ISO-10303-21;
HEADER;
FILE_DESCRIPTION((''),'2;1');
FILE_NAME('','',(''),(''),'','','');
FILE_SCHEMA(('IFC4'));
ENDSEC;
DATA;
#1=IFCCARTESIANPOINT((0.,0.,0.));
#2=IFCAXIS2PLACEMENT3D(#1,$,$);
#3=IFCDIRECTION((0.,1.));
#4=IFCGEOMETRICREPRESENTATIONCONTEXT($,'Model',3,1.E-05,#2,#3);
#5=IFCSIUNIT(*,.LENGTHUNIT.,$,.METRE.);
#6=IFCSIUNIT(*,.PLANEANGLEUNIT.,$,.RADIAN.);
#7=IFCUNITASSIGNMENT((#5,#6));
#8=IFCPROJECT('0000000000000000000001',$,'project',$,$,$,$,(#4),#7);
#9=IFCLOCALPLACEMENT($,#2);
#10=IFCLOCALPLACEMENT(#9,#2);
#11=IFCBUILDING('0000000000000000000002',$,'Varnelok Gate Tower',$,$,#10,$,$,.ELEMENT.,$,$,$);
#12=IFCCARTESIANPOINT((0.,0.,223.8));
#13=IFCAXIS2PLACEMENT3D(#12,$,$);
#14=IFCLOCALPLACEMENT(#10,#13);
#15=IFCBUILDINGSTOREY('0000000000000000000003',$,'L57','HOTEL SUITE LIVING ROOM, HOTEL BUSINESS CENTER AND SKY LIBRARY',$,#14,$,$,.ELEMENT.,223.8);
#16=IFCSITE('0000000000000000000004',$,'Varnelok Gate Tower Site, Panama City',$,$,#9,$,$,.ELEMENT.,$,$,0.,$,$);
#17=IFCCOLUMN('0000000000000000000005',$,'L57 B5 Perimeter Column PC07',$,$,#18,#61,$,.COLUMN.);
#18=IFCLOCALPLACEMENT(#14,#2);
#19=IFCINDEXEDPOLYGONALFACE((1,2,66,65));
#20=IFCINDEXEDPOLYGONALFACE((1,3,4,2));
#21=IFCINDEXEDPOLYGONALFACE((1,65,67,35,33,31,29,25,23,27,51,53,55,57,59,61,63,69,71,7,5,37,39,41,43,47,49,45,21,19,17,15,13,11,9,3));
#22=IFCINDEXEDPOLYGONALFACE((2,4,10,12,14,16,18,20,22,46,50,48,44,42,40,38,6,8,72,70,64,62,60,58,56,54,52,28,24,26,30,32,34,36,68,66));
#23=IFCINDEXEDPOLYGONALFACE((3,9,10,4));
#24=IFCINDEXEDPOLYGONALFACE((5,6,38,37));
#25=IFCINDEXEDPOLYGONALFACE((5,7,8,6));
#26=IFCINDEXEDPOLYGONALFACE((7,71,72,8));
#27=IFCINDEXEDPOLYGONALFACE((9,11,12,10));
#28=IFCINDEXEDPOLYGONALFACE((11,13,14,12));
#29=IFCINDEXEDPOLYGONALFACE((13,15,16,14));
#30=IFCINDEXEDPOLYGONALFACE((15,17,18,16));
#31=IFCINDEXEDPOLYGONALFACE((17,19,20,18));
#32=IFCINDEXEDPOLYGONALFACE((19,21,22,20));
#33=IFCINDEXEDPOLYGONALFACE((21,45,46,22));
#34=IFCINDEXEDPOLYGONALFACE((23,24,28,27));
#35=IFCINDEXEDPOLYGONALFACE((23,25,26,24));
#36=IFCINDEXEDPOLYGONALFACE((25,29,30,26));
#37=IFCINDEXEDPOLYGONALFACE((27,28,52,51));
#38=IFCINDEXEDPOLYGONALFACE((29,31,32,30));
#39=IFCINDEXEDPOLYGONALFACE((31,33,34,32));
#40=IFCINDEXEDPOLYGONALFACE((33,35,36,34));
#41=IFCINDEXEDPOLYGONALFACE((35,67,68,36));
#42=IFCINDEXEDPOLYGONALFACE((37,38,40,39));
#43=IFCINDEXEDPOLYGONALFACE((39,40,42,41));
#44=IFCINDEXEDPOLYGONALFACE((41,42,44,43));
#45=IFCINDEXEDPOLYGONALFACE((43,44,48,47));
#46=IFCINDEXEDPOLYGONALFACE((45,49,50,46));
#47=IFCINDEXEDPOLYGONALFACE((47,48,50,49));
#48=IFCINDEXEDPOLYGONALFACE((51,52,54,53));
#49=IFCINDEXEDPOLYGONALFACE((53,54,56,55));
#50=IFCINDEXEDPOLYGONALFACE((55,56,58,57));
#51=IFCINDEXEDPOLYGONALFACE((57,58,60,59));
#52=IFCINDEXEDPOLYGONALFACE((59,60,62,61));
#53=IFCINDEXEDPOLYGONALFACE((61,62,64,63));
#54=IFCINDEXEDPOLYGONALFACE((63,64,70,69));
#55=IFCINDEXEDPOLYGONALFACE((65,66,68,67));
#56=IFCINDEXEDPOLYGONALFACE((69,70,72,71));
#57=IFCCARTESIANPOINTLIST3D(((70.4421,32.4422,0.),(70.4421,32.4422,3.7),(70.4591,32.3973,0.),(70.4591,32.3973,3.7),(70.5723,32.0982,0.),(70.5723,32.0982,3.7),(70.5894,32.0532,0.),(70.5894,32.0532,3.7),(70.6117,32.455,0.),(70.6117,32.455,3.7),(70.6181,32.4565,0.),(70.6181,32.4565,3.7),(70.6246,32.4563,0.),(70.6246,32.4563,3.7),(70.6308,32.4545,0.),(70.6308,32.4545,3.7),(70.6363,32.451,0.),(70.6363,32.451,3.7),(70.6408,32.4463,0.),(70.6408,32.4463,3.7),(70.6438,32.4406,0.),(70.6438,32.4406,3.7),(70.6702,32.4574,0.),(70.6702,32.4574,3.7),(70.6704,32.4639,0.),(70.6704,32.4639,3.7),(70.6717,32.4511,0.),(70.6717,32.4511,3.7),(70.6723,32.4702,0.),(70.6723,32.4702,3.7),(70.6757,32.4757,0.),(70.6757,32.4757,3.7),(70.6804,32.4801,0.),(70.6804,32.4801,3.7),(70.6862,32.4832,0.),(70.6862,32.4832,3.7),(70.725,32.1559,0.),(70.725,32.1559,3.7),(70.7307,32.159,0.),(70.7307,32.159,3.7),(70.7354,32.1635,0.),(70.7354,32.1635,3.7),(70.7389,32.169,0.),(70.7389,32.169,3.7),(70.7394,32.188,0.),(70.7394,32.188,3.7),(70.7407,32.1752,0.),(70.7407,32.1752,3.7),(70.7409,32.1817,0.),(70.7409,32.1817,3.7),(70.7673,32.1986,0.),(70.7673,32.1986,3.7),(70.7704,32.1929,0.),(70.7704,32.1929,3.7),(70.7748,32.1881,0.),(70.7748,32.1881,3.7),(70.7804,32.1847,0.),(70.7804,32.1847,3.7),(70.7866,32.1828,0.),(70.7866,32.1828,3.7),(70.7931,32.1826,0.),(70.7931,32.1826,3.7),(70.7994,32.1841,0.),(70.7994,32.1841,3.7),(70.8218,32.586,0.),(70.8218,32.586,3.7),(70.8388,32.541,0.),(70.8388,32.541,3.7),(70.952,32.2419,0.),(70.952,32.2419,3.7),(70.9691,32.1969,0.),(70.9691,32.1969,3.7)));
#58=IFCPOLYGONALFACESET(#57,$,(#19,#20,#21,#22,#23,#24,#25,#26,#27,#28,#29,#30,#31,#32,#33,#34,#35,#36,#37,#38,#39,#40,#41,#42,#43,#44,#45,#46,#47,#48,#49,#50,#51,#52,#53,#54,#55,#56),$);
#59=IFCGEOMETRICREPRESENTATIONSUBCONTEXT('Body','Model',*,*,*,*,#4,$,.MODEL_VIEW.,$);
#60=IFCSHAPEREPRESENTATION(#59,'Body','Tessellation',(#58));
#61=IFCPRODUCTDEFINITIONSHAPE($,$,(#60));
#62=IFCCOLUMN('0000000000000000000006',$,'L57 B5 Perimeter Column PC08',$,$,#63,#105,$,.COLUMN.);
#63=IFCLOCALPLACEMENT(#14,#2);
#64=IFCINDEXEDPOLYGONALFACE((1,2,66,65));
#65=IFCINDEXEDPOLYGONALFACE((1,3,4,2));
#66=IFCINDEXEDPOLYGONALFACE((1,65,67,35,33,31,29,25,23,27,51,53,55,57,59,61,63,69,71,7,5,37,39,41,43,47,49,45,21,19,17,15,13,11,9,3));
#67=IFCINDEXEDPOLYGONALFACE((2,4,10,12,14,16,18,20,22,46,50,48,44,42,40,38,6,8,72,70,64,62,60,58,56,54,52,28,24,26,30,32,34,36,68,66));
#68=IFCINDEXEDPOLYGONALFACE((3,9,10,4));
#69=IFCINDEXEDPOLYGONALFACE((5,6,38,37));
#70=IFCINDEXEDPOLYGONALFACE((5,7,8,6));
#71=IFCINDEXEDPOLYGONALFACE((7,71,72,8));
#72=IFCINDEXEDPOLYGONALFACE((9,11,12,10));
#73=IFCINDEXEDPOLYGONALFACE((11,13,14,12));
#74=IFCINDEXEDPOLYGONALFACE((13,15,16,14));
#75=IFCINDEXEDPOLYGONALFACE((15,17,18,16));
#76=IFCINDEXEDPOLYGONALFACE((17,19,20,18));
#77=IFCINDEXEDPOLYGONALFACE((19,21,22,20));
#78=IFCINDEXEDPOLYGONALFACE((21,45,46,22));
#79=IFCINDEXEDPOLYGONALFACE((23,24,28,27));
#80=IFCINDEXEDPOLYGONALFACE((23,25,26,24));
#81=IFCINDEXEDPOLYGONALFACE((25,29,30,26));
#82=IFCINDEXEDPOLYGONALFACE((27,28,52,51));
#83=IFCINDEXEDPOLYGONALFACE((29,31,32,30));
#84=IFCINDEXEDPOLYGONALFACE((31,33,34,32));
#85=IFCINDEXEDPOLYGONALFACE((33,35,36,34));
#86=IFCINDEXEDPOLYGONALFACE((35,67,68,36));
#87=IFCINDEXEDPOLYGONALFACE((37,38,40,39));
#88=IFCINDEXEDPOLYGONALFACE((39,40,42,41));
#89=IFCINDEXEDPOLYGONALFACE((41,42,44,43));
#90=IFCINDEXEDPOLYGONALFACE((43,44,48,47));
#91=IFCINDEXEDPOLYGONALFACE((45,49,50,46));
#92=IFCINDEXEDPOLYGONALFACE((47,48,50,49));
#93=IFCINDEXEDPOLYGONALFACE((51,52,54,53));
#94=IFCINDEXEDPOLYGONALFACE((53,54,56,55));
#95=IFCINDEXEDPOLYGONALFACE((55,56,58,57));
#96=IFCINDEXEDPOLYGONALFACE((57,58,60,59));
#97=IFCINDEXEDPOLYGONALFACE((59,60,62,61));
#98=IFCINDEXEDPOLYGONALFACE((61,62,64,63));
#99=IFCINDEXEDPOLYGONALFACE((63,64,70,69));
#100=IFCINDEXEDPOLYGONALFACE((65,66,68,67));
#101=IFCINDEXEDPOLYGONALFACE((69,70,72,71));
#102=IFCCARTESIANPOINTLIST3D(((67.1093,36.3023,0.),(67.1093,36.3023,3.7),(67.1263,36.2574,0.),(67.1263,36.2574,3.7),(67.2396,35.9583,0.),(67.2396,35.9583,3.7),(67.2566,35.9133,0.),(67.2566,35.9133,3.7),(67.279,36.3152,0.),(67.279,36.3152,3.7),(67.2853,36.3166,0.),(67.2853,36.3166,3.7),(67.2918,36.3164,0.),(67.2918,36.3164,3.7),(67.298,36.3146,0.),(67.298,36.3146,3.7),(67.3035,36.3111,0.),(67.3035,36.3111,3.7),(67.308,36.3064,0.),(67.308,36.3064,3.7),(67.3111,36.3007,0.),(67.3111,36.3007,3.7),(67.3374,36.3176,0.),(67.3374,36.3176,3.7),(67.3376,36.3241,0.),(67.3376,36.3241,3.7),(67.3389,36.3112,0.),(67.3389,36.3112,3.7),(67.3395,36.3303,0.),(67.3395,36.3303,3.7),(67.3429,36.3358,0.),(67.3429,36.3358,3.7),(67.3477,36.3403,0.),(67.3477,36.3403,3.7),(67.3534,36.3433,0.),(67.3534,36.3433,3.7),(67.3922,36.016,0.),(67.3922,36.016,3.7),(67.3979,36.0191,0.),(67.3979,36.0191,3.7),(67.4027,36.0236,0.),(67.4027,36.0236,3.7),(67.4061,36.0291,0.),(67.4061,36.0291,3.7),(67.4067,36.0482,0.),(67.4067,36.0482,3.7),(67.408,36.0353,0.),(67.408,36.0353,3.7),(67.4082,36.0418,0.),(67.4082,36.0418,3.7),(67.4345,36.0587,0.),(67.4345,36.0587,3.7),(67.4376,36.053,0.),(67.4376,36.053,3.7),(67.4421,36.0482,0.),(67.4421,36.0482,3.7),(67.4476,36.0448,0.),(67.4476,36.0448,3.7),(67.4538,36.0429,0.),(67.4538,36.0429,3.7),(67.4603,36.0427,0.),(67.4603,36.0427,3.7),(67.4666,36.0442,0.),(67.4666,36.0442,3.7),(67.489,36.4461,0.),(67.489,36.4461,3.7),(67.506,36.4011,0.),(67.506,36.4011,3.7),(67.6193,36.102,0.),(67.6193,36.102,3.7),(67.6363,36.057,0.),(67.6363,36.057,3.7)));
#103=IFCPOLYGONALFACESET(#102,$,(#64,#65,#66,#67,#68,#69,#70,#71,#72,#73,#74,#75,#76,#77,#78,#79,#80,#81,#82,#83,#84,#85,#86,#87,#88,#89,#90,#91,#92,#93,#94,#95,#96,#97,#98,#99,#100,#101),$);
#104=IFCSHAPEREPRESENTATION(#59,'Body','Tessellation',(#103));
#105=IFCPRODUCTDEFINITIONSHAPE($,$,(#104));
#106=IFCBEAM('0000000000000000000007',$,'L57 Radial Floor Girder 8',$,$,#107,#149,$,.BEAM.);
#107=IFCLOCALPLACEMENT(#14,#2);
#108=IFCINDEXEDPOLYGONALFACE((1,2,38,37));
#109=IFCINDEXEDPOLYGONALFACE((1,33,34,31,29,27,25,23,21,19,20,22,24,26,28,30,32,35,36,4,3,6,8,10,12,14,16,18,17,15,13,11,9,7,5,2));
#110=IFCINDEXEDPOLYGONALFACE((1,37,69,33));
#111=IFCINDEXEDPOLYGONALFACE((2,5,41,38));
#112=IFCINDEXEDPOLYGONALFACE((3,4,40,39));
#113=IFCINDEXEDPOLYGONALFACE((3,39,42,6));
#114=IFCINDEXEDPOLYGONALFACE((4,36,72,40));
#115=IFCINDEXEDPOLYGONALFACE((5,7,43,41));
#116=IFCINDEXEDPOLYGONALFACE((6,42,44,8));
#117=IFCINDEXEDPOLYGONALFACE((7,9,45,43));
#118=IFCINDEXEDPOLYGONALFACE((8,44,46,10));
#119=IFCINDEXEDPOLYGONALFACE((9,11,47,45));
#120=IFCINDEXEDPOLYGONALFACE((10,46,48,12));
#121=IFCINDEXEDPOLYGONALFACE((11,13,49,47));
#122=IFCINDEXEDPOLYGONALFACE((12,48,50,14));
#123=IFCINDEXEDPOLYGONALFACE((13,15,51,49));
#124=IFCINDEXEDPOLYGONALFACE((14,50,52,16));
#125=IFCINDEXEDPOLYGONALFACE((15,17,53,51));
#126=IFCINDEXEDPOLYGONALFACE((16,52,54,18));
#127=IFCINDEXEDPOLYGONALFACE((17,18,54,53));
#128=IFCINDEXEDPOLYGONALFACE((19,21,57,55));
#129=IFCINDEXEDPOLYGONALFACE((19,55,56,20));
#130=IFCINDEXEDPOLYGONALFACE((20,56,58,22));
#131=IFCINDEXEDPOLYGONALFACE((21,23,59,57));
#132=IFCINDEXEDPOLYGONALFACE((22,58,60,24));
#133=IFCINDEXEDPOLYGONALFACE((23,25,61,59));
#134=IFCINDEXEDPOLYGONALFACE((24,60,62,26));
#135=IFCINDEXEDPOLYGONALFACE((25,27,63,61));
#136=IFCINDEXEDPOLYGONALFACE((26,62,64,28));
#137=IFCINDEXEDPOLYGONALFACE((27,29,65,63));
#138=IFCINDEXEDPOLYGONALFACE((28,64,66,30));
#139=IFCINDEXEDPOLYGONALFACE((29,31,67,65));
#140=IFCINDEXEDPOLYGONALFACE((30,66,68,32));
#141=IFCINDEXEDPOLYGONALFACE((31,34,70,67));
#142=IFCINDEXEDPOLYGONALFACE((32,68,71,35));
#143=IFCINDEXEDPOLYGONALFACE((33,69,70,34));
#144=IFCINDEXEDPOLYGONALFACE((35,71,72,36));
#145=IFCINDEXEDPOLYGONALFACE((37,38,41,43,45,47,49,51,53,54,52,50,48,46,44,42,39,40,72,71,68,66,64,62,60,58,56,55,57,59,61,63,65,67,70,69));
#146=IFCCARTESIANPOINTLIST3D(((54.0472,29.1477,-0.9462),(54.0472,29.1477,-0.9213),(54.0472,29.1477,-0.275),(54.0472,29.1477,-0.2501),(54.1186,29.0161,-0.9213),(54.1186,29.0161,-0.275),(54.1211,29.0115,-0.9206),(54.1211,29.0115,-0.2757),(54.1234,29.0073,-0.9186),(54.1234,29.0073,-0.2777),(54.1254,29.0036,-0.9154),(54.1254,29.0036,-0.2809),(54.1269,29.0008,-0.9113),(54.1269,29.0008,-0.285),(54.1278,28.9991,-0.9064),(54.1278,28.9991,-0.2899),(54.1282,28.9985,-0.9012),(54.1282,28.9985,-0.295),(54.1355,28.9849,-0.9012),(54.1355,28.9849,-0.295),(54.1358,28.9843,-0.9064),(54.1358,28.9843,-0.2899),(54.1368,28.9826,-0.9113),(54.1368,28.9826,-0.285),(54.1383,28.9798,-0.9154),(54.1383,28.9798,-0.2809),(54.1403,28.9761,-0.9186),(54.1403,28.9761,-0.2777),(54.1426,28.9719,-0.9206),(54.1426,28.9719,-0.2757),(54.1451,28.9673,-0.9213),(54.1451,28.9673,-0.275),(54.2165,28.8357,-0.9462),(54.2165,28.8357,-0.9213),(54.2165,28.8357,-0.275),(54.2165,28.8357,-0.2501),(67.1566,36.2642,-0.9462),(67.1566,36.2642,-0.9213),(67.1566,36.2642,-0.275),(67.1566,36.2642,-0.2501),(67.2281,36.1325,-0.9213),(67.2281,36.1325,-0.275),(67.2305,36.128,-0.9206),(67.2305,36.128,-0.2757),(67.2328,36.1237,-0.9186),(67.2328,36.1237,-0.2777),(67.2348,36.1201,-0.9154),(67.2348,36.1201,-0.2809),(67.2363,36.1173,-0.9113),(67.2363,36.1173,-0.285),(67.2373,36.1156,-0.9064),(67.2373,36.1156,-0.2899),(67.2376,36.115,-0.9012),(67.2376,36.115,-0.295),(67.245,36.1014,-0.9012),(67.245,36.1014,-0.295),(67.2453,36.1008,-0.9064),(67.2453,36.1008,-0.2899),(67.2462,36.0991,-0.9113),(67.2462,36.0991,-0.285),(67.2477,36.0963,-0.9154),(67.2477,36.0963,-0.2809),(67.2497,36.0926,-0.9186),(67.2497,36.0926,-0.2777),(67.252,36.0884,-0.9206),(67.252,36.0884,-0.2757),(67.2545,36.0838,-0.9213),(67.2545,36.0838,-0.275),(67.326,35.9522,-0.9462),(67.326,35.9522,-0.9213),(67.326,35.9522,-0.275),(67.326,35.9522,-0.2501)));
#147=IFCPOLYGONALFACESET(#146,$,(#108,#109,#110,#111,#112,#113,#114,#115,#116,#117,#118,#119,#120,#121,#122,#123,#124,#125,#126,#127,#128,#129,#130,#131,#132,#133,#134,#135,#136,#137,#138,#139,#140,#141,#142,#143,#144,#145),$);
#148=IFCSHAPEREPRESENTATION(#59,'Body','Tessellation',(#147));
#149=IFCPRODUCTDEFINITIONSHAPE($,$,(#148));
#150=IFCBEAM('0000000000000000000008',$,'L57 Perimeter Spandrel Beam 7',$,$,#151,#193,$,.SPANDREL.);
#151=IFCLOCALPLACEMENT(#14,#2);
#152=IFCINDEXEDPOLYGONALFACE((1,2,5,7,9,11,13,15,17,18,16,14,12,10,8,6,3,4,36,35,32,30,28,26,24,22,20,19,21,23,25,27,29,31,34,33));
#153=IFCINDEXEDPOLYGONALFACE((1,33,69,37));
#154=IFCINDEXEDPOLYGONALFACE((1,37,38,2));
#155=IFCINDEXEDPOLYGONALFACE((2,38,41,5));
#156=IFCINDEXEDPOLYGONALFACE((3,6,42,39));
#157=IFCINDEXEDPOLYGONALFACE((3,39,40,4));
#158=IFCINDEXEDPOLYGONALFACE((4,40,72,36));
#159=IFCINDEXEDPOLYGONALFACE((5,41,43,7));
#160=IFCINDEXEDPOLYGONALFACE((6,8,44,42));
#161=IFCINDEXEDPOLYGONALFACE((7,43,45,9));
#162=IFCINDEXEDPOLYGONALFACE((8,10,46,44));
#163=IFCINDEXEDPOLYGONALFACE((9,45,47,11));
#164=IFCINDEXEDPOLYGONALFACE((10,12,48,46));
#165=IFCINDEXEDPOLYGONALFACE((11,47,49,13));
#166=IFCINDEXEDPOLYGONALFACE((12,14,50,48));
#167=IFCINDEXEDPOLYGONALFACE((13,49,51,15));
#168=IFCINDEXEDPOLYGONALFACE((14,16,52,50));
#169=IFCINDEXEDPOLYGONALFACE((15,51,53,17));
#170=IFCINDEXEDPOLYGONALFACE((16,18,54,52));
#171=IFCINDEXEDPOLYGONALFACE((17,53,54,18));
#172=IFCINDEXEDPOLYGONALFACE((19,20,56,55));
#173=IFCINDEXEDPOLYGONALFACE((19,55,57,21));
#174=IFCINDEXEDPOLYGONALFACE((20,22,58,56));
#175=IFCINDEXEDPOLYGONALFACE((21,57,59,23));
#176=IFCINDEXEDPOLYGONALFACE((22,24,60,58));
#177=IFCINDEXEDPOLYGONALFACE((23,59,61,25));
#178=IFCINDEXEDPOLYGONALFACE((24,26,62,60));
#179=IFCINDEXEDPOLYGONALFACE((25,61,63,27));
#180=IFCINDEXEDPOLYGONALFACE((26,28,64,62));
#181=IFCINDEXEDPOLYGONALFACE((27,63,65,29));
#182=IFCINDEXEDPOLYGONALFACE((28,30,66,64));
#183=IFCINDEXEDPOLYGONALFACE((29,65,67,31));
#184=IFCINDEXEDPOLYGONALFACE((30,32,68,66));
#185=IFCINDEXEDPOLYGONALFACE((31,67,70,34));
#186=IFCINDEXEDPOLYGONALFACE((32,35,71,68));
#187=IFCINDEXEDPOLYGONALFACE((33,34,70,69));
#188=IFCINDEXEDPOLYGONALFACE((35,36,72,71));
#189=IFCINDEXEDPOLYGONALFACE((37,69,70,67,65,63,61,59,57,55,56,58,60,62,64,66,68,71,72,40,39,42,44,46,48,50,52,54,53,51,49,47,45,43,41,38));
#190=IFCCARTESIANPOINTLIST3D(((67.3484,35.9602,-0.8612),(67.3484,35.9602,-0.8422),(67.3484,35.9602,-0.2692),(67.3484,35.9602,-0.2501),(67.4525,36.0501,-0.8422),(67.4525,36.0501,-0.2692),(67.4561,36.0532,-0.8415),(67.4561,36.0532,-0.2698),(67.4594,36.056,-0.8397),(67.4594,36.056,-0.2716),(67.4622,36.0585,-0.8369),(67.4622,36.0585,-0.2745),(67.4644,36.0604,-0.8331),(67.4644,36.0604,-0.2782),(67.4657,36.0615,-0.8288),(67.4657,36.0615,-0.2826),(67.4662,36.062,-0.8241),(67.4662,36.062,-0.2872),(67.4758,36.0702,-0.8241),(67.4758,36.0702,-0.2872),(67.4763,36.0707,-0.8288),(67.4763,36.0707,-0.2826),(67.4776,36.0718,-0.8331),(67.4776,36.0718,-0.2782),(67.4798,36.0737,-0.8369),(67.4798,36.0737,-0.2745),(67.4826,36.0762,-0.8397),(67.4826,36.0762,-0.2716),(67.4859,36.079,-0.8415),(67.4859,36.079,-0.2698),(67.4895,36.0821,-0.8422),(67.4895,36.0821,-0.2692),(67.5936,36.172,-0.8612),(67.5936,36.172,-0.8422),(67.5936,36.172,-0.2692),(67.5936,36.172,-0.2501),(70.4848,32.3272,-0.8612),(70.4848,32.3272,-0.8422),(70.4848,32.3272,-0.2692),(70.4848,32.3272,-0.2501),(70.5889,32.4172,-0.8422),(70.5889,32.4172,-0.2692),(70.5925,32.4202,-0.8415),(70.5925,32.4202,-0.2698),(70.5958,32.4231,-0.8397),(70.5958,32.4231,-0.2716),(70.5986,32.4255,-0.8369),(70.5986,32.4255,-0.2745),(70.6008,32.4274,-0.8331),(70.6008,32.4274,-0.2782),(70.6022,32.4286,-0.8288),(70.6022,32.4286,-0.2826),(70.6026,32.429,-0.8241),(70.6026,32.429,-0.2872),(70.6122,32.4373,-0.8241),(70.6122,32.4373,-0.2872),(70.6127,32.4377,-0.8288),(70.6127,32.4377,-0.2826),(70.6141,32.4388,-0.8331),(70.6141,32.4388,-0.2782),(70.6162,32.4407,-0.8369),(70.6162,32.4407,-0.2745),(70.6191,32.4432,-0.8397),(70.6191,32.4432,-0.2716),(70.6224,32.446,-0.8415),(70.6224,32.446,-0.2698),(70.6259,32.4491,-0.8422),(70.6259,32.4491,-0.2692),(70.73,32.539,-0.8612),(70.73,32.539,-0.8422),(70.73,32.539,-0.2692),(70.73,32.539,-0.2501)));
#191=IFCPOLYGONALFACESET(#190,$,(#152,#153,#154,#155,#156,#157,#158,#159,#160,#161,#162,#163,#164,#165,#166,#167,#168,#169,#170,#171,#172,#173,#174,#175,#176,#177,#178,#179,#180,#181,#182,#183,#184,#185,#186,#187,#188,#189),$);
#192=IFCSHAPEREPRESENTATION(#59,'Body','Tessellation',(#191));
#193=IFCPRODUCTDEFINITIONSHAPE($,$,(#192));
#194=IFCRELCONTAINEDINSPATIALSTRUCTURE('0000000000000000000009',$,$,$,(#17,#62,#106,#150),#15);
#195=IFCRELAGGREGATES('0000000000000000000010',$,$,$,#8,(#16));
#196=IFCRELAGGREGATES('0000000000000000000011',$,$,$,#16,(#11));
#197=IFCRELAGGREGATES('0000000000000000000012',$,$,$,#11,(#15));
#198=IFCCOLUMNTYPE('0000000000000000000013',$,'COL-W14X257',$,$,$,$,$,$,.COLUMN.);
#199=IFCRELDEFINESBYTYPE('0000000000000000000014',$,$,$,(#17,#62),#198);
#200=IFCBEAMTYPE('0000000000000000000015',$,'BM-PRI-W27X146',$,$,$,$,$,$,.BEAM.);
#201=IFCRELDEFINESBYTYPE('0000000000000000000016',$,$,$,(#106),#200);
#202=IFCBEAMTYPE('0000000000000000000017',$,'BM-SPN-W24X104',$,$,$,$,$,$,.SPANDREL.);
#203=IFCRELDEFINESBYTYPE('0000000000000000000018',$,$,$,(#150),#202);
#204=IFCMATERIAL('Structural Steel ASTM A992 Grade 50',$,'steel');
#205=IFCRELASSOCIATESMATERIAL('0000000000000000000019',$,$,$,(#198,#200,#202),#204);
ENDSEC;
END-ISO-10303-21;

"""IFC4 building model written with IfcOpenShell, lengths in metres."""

from ifc_helpers import new_model, si_unit, direction, frame, origin, origin_2d, place, context, subcontext, project, spatial, i_section, extrude, material, material_profile, profile_set, type_object, element, save


model = new_model("IFC4")

# Units and contexts
model_context = context("Model", 3, precision=1e-05, world=origin(), true_north=direction((0.0, 1.0)))
body_context = subcontext(model_context, "Body", "Model", "MODEL_VIEW")
ifc_project = project(units=[si_unit("LENGTHUNIT", "METRE"), si_unit("PLANEANGLEUNIT", "RADIAN")], contexts=[model_context])

# Site, building, storey
site_placement = place(None, origin())
site = spatial("IfcSite", under=ifc_project, at=site_placement, Name="Varnelok Gate Tower Site, Panama City", CompositionType="ELEMENT", RefElevation=0.0)
building_placement = place(site_placement, origin())
building = spatial("IfcBuilding", under=site, at=building_placement, Name="Varnelok Gate Tower", CompositionType="ELEMENT")
storey_placement = place(building_placement, frame((0.0, 0.0, 223.8)))
storey = spatial("IfcBuildingStorey", under=building, at=storey_placement, Name="L57", Description="HOTEL SUITE LIVING ROOM, HOTEL BUSINESS CENTER AND SKY LIBRARY", CompositionType="ELEMENT", Elevation=223.8)

# Columns
ifc_material_1 = material(Name="Structural Steel ASTM A992 Grade 50", Category="steel")
ifc_material_profile_1 = material_profile(ifc_material_1, i_section(OverallWidth=0.406, OverallDepth=0.416, WebThickness=0.0298, FlangeThickness=0.0481, FilletRadius=0.0249, at=origin_2d()), Name="W14X257")
ifc_profile_set_1 = profile_set([ifc_material_profile_1], Name="Structural Steel ASTM A992 Grade 50")
column_type = type_object("IfcColumnType", Name="COL-W14X257", PredefinedType="COLUMN", material=ifc_profile_set_1)
for number, where, z_axis, x_axis, name in (
    (1, (70.7056, 32.3196, 0.0), (0.0, 0.0, 1.0), (0.935222, 0.354063, 0.0), "L57 B5 Perimeter Column PC07"),
    (2, (67.3728, 36.1797, 0.0), (0.0, 0.0, 1.0), (0.935222, 0.354063, 0.0), "L57 B5 Perimeter Column PC08"),
):
    element("IfcColumn", number, at=place(storey_placement, frame(where, z_axis=z_axis, x_axis=x_axis)), inside=storey, type_object=column_type, Name=name, PredefinedType="COLUMN", context=body_context, shape_type="SweptSolid", body=[
        extrude(i_section(OverallWidth=0.406, OverallDepth=0.416, WebThickness=0.0298, FlangeThickness=0.0481, FilletRadius=0.0249, at=origin_2d()), origin(), (0.0, 0.0, 1.0), 3.7),
    ])

# Beams
ifc_material_profile_2 = material_profile(ifc_material_1, i_section(OverallWidth=0.355, OverallDepth=0.696, WebThickness=0.0154, FlangeThickness=0.0249, FilletRadius=0.02, at=origin_2d()), Name="W27X146")
ifc_profile_set_2 = profile_set([ifc_material_profile_2], Name="Structural Steel ASTM A992 Grade 50")
beam_type_1 = type_object("IfcBeamType", Name="BM-PRI-W27X146", PredefinedType="BEAM", material=ifc_profile_set_2)
beam_1_placement = place(storey_placement, frame((54.1318, 28.9917, -0.5981), z_axis=(0.878855, 0.477089, 0.0), x_axis=(-0.477089, 0.878855, 0.0)))
element("IfcBeam", 3, at=beam_1_placement, inside=storey, type_object=beam_type_1, Name="L57 Radial Floor Girder 8", PredefinedType="BEAM", context=body_context, shape_type="SweptSolid", body=[
    extrude(i_section(OverallWidth=0.355, OverallDepth=0.696, WebThickness=0.0154, FlangeThickness=0.0249, FilletRadius=0.02, at=origin_2d()), origin(), (0.0, 0.0, 1.0), 14.9165),
])
ifc_material_profile_3 = material_profile(ifc_material_1, i_section(OverallWidth=0.324, OverallDepth=0.6111, WebThickness=0.0127, FlangeThickness=0.019, FilletRadius=0.0181, at=origin_2d()), Name="W24X104")
ifc_profile_set_3 = profile_set([ifc_material_profile_3], Name="Structural Steel ASTM A992 Grade 50")
beam_type_2 = type_object("IfcBeamType", Name="BM-SPN-W24X104", PredefinedType="SPANDREL", material=ifc_profile_set_3)
beam_2_placement = place(storey_placement, frame((70.6074, 32.4331, -0.5557), z_axis=(-0.653481, 0.756943, 0.0), x_axis=(-0.756943, -0.653481, 0.0)))
element("IfcBeam", 4, at=beam_2_placement, inside=storey, type_object=beam_type_2, Name="L57 Perimeter Spandrel Beam 7", PredefinedType="SPANDREL", context=body_context, shape_type="SweptSolid", body=[
    extrude(i_section(OverallWidth=0.324, OverallDepth=0.6111, WebThickness=0.0127, FlangeThickness=0.019, FilletRadius=0.0181, at=origin_2d()), origin(), (0.0, 0.0, 1.0), 4.7996),
])

save(model, "model.ifc")
